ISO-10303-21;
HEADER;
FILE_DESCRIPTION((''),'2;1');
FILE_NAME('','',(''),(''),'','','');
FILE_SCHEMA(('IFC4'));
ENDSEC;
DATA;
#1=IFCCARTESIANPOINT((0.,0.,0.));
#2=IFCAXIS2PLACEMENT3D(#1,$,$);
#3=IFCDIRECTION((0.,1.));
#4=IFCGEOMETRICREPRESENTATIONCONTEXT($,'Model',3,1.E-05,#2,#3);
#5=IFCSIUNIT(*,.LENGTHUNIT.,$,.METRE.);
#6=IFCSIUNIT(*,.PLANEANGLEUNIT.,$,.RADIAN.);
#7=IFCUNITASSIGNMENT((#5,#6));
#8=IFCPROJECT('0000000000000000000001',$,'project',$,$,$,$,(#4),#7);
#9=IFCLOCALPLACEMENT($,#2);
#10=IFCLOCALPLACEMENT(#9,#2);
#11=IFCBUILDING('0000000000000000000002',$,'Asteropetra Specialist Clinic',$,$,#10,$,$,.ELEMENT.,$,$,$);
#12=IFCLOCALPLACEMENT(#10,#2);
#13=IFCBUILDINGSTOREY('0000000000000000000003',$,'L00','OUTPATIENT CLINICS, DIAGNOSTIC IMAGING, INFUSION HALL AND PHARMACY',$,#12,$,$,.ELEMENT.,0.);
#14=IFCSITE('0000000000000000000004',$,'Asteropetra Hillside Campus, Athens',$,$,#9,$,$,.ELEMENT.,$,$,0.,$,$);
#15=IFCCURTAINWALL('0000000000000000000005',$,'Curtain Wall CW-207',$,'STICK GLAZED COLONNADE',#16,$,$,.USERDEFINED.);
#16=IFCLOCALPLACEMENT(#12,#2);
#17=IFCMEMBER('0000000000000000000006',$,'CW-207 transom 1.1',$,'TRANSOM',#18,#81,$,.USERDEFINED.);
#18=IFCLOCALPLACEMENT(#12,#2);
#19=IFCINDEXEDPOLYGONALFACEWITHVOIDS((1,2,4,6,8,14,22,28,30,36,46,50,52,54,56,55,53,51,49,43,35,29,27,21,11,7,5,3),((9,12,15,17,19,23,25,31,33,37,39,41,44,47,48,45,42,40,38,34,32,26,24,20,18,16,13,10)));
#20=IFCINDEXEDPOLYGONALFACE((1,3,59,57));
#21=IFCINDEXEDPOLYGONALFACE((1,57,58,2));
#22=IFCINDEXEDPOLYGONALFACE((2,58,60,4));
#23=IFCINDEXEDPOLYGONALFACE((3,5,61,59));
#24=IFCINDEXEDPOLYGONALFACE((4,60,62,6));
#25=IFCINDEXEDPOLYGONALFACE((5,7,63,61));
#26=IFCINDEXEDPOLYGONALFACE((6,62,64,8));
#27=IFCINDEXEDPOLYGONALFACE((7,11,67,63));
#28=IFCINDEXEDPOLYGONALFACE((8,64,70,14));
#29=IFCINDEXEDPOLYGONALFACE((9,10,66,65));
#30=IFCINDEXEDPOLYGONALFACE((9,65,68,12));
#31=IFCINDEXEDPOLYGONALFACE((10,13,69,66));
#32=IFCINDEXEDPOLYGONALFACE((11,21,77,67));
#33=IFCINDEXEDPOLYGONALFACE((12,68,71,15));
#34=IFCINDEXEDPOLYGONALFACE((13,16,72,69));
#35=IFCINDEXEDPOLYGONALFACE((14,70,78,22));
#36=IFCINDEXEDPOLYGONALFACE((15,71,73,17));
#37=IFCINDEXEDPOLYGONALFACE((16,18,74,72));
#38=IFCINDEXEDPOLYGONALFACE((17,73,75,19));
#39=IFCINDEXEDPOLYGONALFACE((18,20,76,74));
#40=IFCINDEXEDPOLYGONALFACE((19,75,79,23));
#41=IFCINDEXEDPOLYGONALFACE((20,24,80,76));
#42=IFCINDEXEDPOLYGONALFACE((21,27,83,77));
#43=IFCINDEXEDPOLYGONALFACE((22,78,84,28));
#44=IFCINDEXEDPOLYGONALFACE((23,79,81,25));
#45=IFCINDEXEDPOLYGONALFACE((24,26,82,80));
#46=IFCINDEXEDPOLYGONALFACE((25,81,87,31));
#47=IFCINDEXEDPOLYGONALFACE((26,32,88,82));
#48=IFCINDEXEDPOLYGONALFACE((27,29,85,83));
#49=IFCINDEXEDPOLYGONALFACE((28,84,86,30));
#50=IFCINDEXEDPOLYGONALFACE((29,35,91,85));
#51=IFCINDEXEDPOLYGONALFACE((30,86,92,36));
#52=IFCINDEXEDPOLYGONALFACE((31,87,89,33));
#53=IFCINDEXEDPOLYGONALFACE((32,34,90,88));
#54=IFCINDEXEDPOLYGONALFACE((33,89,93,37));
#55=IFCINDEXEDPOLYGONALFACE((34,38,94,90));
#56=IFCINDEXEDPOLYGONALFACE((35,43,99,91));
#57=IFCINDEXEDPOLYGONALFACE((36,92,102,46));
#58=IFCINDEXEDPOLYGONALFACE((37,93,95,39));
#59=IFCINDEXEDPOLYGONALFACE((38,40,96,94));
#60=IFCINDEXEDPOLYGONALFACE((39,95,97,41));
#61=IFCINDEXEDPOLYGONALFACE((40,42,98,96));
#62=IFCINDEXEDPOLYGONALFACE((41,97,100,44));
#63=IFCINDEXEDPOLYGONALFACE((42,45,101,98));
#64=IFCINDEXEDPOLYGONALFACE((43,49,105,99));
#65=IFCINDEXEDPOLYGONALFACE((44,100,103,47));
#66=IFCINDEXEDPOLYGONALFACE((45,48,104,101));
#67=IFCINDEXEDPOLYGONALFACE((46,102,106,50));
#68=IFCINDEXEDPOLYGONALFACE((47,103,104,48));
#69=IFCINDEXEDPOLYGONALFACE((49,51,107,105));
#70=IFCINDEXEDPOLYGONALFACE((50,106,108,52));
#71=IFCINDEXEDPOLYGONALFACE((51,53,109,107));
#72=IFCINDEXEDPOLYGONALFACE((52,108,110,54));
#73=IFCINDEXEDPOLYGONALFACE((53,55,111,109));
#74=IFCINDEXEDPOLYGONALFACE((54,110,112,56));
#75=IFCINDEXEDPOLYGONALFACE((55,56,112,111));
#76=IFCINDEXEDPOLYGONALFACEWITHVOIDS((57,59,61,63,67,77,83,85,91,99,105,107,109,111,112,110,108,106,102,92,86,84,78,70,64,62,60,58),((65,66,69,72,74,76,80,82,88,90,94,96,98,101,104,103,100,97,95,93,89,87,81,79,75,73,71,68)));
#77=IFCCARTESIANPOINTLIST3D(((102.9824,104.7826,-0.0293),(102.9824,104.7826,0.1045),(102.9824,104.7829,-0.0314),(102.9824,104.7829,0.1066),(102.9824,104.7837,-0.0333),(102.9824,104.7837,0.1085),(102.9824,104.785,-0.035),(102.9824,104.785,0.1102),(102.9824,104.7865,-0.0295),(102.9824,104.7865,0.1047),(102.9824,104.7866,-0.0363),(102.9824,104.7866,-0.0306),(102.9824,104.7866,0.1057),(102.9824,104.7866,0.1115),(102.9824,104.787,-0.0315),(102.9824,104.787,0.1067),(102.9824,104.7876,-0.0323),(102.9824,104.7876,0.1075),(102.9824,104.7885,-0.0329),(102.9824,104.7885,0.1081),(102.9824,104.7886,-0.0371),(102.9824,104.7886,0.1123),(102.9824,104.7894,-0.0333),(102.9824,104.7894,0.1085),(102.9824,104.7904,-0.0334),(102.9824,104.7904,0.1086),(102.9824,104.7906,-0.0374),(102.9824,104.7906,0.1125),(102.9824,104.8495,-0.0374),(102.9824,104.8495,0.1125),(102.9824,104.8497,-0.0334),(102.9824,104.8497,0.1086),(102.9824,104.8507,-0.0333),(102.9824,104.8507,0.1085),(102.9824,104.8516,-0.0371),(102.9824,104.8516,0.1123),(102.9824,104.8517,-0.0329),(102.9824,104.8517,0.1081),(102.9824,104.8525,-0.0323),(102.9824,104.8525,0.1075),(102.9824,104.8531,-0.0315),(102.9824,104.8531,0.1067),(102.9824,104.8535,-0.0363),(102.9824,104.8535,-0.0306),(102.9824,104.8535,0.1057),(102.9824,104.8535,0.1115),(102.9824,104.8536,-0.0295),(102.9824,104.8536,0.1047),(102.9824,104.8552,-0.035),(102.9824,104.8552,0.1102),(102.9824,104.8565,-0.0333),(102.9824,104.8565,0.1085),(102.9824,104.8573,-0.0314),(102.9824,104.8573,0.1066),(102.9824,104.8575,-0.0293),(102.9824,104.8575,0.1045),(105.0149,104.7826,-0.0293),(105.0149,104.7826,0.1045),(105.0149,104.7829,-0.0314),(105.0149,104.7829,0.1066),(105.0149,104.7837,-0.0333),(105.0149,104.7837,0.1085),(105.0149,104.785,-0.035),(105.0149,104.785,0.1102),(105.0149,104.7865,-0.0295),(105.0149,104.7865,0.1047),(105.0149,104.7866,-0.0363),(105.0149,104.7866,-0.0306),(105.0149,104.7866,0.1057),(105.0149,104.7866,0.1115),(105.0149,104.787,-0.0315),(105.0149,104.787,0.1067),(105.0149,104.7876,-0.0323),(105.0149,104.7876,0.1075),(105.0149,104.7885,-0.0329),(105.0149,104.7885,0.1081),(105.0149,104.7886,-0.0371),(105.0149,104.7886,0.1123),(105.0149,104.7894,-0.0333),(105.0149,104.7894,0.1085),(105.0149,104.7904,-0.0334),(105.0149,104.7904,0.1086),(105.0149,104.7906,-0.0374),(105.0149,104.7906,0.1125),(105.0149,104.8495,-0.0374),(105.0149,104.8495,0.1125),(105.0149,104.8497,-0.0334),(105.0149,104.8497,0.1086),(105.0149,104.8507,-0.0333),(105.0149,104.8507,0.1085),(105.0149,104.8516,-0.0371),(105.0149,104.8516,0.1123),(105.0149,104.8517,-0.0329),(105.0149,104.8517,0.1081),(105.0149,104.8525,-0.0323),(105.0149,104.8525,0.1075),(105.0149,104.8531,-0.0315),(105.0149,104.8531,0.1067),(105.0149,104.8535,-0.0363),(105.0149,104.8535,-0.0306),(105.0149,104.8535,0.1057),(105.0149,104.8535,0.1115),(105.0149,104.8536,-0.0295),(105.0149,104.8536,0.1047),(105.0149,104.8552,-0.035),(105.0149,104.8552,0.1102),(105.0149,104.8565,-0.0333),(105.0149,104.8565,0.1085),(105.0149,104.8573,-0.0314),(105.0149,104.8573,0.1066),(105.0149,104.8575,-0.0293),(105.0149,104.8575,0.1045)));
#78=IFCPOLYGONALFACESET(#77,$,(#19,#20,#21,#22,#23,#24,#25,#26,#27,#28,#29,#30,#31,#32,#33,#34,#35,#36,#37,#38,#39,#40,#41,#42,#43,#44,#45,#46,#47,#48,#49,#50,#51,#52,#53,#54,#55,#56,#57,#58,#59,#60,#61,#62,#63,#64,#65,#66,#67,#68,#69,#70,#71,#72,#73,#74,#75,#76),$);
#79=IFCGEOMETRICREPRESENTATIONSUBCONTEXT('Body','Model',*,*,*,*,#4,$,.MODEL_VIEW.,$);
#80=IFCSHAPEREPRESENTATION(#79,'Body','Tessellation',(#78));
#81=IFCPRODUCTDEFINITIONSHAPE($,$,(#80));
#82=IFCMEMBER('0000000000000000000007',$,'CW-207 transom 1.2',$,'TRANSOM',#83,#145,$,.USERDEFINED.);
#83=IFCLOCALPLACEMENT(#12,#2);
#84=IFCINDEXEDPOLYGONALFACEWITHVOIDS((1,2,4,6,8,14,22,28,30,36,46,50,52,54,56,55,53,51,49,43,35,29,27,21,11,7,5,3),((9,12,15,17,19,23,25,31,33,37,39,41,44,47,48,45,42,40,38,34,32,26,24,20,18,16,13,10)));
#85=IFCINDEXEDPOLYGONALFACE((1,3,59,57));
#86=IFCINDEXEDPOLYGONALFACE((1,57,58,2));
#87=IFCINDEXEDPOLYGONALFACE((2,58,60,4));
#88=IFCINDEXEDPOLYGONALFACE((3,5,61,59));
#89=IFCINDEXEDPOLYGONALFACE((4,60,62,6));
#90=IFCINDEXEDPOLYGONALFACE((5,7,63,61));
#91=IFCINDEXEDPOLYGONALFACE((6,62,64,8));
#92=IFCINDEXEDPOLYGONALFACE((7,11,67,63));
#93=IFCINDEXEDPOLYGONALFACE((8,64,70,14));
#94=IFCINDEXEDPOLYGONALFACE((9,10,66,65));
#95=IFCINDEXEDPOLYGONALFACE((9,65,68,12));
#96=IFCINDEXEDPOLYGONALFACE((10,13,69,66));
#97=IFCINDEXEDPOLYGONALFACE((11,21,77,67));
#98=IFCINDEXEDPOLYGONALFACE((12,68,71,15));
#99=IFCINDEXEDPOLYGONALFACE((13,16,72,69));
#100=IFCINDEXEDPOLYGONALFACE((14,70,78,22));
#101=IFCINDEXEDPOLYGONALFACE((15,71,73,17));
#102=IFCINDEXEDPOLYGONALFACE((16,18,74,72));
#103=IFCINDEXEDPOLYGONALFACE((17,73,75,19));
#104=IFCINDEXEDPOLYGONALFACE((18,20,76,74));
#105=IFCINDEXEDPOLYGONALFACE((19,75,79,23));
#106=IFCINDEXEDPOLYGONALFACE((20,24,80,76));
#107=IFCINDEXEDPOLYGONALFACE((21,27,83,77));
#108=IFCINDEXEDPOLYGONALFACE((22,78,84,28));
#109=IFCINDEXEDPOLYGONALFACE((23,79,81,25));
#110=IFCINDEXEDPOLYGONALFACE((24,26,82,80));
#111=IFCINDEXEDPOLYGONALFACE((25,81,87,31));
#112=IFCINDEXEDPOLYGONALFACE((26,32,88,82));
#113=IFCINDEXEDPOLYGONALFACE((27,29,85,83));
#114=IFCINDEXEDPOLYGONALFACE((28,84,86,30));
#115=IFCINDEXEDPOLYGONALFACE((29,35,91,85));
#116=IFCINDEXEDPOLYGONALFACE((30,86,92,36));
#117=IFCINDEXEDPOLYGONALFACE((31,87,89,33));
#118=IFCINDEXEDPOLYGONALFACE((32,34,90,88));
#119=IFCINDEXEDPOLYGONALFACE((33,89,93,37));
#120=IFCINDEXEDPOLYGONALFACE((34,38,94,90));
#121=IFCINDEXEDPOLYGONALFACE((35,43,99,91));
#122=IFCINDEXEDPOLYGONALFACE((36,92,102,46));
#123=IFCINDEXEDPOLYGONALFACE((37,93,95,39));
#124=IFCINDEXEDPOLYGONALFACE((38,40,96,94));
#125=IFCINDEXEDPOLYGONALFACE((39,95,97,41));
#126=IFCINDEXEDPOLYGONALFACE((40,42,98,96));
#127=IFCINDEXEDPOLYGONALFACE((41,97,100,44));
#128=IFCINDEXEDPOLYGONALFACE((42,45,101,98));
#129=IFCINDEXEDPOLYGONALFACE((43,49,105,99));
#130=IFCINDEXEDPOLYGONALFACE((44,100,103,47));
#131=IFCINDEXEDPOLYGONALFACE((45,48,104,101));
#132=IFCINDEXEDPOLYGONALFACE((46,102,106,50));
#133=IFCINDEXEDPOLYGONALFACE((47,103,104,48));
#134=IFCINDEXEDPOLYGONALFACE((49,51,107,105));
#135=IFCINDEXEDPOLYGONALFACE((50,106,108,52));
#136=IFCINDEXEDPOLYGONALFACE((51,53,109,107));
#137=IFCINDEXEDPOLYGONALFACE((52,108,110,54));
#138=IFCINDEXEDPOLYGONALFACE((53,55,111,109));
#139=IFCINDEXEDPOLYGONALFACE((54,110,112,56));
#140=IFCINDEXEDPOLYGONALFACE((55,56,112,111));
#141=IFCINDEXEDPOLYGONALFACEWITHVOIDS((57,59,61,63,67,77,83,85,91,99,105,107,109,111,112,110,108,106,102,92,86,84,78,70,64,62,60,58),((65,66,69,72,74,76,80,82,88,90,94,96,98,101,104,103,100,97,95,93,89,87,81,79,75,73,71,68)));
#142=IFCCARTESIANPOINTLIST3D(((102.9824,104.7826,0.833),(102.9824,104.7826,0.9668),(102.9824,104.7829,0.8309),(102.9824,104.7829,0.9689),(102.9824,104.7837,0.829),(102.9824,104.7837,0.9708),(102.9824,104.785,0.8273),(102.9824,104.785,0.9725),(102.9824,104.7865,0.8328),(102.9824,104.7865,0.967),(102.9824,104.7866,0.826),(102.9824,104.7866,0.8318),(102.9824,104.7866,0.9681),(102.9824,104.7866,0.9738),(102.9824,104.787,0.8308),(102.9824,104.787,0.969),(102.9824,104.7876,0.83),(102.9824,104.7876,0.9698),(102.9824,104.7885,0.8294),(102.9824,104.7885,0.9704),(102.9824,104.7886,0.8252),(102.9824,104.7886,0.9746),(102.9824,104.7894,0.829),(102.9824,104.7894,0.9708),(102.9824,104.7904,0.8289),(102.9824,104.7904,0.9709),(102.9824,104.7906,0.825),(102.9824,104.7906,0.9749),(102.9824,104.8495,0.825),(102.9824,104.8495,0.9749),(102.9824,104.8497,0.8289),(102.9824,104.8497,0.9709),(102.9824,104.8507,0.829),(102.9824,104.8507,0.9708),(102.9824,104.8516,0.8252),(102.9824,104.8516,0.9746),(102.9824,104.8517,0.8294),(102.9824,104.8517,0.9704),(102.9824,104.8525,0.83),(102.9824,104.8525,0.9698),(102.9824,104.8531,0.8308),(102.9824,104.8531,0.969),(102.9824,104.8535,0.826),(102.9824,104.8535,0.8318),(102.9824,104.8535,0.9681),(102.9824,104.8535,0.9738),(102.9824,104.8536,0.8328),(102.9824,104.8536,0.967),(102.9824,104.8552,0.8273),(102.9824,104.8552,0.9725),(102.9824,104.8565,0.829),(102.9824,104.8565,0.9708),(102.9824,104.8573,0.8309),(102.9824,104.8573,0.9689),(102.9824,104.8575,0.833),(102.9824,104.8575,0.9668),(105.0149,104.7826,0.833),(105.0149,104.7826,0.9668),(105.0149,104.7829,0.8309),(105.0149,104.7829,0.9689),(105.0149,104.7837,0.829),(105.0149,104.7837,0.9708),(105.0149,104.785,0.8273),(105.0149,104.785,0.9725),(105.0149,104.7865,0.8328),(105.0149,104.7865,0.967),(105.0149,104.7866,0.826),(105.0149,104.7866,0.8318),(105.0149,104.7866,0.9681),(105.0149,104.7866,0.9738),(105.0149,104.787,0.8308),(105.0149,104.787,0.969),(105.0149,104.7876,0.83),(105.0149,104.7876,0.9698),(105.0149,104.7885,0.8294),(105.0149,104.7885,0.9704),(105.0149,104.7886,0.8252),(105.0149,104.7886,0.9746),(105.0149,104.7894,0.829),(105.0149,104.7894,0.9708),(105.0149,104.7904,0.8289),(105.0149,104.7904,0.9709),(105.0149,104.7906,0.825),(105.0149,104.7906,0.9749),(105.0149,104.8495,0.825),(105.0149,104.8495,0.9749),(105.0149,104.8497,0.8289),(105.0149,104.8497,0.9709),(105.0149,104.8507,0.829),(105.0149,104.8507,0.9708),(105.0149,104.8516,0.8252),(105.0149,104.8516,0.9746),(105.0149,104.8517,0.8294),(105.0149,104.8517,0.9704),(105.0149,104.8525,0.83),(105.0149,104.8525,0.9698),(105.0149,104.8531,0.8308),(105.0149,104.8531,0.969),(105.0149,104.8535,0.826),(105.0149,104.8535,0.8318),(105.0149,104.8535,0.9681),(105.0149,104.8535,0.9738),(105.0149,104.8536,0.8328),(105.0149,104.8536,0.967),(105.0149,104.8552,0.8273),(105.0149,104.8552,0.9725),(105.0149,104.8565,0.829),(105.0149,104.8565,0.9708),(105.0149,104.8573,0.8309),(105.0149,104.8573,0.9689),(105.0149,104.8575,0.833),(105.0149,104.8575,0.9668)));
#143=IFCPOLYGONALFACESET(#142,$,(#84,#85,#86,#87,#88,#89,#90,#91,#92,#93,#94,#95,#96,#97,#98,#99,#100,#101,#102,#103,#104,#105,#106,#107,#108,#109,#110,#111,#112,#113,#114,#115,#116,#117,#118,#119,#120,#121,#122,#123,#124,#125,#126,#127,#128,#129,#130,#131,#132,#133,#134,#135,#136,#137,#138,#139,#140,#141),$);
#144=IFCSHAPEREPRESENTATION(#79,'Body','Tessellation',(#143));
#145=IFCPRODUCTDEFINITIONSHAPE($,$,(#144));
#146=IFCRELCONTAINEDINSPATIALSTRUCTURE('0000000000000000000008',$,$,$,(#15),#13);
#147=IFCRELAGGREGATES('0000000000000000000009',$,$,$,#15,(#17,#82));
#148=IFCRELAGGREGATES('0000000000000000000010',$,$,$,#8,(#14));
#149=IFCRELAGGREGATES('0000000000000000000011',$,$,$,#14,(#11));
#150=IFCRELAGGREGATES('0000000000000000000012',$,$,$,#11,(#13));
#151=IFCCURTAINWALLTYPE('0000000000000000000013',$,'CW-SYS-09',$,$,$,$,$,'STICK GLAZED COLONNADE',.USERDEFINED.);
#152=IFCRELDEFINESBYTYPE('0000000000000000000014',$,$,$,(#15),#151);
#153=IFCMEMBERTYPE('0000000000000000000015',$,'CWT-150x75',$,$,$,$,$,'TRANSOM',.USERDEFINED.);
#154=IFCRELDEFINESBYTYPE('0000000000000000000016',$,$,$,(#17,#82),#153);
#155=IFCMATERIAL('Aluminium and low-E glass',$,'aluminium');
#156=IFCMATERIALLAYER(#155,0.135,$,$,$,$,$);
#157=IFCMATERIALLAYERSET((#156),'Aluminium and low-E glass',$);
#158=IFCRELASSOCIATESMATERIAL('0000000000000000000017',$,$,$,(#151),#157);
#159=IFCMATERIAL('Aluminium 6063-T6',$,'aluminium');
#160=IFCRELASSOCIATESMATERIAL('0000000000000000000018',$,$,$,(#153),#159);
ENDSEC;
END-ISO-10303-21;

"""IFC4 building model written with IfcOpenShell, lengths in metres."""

from ifc_helpers import new_model, si_unit, direction, frame, origin, origin_2d, place, context, subcontext, project, spatial, hollow_rectangle, extrude, material, layer, layer_set, material_profile, profile_set, type_object, element, aggregate, save


model = new_model("IFC4")

# Units and contexts
model_context = context("Model", 3, precision=1e-05, world=origin(), true_north=direction((0.0, 1.0)))
body_context = subcontext(model_context, "Body", "Model", "MODEL_VIEW")
ifc_project = project(units=[si_unit("LENGTHUNIT", "METRE"), si_unit("PLANEANGLEUNIT", "RADIAN")], contexts=[model_context])

# Site, building, storey
site_placement = place(None, origin())
site = spatial("IfcSite", under=ifc_project, at=site_placement, Name="Asteropetra Hillside Campus, Athens", CompositionType="ELEMENT", RefElevation=0.0)
building_placement = place(site_placement, origin())
building = spatial("IfcBuilding", under=site, at=building_placement, Name="Asteropetra Specialist Clinic", CompositionType="ELEMENT")
storey_placement = place(building_placement, origin())
storey = spatial("IfcBuildingStorey", under=building, at=storey_placement, Name="L00", Description="OUTPATIENT CLINICS, DIAGNOSTIC IMAGING, INFUSION HALL AND PHARMACY", CompositionType="ELEMENT", Elevation=0.0)

# Curtain wall, members
ifc_material_1 = material(Name="Aluminium and low-E glass", Category="aluminium")
ifc_layer_1 = layer(ifc_material_1, 0.135)
ifc_layer_set_1 = layer_set([ifc_layer_1], Name="Aluminium and low-E glass")
curtain_wall_type = type_object("IfcCurtainWallType", Name="CW-SYS-09", ElementType="STICK GLAZED COLONNADE", PredefinedType="USERDEFINED", material=ifc_layer_set_1)
curtain_wall_placement = place(storey_placement, origin())
curtain_wall = element("IfcCurtainWall", 1, at=curtain_wall_placement, inside=storey, type_object=curtain_wall_type, Name="Curtain Wall CW-207", ObjectType="STICK GLAZED COLONNADE", PredefinedType="USERDEFINED")
ifc_material_2 = material(Name="Aluminium 6063-T6", Category="aluminium")
ifc_material_profile_1 = material_profile(ifc_material_2, hollow_rectangle(XDim=0.075, YDim=0.1499, WallThickness=0.0039, InnerFilletRadius=0.0039, OuterFilletRadius=0.0081, at=origin_2d()), Name="TRN 150x75x4.0")
ifc_profile_set_1 = profile_set([ifc_material_profile_1], Name="Aluminium 6063-T6")
member_type_1 = type_object("IfcMemberType", Name="CWT-150x75", ElementType="TRANSOM", PredefinedType="USERDEFINED", material=ifc_profile_set_1)
member_1_placement = place(storey_placement, frame((105.0149, 104.8201, 0.0376), z_axis=(-1.0, 0.0, 0.0), x_axis=(0.0, -1.0, 0.0)))
member_1 = element("IfcMember", 2, at=member_1_placement, type_object=member_type_1, Name="CW-207 transom 1.1", ObjectType="TRANSOM", PredefinedType="USERDEFINED", context=body_context, shape_type="SweptSolid", body=[
    extrude(hollow_rectangle(XDim=0.075, YDim=0.1499, WallThickness=0.0039, InnerFilletRadius=0.0039, OuterFilletRadius=0.0081, at=origin_2d()), origin(), (0.0, 0.0, 1.0), 2.0325),
])
member_2_placement = place(storey_placement, frame((105.0149, 104.8201, 0.8999), z_axis=(-1.0, 0.0, 0.0), x_axis=(0.0, -1.0, 0.0)))
member_2 = element("IfcMember", 3, at=member_2_placement, type_object=member_type_1, Name="CW-207 transom 1.2", ObjectType="TRANSOM", PredefinedType="USERDEFINED", context=body_context, shape_type="SweptSolid", body=[
    extrude(hollow_rectangle(XDim=0.075, YDim=0.1499, WallThickness=0.0039, InnerFilletRadius=0.0039, OuterFilletRadius=0.0081, at=origin_2d()), origin(), (0.0, 0.0, 1.0), 2.0325),
])
aggregate(curtain_wall, [member_1, member_2])

save(model, "model.ifc")
